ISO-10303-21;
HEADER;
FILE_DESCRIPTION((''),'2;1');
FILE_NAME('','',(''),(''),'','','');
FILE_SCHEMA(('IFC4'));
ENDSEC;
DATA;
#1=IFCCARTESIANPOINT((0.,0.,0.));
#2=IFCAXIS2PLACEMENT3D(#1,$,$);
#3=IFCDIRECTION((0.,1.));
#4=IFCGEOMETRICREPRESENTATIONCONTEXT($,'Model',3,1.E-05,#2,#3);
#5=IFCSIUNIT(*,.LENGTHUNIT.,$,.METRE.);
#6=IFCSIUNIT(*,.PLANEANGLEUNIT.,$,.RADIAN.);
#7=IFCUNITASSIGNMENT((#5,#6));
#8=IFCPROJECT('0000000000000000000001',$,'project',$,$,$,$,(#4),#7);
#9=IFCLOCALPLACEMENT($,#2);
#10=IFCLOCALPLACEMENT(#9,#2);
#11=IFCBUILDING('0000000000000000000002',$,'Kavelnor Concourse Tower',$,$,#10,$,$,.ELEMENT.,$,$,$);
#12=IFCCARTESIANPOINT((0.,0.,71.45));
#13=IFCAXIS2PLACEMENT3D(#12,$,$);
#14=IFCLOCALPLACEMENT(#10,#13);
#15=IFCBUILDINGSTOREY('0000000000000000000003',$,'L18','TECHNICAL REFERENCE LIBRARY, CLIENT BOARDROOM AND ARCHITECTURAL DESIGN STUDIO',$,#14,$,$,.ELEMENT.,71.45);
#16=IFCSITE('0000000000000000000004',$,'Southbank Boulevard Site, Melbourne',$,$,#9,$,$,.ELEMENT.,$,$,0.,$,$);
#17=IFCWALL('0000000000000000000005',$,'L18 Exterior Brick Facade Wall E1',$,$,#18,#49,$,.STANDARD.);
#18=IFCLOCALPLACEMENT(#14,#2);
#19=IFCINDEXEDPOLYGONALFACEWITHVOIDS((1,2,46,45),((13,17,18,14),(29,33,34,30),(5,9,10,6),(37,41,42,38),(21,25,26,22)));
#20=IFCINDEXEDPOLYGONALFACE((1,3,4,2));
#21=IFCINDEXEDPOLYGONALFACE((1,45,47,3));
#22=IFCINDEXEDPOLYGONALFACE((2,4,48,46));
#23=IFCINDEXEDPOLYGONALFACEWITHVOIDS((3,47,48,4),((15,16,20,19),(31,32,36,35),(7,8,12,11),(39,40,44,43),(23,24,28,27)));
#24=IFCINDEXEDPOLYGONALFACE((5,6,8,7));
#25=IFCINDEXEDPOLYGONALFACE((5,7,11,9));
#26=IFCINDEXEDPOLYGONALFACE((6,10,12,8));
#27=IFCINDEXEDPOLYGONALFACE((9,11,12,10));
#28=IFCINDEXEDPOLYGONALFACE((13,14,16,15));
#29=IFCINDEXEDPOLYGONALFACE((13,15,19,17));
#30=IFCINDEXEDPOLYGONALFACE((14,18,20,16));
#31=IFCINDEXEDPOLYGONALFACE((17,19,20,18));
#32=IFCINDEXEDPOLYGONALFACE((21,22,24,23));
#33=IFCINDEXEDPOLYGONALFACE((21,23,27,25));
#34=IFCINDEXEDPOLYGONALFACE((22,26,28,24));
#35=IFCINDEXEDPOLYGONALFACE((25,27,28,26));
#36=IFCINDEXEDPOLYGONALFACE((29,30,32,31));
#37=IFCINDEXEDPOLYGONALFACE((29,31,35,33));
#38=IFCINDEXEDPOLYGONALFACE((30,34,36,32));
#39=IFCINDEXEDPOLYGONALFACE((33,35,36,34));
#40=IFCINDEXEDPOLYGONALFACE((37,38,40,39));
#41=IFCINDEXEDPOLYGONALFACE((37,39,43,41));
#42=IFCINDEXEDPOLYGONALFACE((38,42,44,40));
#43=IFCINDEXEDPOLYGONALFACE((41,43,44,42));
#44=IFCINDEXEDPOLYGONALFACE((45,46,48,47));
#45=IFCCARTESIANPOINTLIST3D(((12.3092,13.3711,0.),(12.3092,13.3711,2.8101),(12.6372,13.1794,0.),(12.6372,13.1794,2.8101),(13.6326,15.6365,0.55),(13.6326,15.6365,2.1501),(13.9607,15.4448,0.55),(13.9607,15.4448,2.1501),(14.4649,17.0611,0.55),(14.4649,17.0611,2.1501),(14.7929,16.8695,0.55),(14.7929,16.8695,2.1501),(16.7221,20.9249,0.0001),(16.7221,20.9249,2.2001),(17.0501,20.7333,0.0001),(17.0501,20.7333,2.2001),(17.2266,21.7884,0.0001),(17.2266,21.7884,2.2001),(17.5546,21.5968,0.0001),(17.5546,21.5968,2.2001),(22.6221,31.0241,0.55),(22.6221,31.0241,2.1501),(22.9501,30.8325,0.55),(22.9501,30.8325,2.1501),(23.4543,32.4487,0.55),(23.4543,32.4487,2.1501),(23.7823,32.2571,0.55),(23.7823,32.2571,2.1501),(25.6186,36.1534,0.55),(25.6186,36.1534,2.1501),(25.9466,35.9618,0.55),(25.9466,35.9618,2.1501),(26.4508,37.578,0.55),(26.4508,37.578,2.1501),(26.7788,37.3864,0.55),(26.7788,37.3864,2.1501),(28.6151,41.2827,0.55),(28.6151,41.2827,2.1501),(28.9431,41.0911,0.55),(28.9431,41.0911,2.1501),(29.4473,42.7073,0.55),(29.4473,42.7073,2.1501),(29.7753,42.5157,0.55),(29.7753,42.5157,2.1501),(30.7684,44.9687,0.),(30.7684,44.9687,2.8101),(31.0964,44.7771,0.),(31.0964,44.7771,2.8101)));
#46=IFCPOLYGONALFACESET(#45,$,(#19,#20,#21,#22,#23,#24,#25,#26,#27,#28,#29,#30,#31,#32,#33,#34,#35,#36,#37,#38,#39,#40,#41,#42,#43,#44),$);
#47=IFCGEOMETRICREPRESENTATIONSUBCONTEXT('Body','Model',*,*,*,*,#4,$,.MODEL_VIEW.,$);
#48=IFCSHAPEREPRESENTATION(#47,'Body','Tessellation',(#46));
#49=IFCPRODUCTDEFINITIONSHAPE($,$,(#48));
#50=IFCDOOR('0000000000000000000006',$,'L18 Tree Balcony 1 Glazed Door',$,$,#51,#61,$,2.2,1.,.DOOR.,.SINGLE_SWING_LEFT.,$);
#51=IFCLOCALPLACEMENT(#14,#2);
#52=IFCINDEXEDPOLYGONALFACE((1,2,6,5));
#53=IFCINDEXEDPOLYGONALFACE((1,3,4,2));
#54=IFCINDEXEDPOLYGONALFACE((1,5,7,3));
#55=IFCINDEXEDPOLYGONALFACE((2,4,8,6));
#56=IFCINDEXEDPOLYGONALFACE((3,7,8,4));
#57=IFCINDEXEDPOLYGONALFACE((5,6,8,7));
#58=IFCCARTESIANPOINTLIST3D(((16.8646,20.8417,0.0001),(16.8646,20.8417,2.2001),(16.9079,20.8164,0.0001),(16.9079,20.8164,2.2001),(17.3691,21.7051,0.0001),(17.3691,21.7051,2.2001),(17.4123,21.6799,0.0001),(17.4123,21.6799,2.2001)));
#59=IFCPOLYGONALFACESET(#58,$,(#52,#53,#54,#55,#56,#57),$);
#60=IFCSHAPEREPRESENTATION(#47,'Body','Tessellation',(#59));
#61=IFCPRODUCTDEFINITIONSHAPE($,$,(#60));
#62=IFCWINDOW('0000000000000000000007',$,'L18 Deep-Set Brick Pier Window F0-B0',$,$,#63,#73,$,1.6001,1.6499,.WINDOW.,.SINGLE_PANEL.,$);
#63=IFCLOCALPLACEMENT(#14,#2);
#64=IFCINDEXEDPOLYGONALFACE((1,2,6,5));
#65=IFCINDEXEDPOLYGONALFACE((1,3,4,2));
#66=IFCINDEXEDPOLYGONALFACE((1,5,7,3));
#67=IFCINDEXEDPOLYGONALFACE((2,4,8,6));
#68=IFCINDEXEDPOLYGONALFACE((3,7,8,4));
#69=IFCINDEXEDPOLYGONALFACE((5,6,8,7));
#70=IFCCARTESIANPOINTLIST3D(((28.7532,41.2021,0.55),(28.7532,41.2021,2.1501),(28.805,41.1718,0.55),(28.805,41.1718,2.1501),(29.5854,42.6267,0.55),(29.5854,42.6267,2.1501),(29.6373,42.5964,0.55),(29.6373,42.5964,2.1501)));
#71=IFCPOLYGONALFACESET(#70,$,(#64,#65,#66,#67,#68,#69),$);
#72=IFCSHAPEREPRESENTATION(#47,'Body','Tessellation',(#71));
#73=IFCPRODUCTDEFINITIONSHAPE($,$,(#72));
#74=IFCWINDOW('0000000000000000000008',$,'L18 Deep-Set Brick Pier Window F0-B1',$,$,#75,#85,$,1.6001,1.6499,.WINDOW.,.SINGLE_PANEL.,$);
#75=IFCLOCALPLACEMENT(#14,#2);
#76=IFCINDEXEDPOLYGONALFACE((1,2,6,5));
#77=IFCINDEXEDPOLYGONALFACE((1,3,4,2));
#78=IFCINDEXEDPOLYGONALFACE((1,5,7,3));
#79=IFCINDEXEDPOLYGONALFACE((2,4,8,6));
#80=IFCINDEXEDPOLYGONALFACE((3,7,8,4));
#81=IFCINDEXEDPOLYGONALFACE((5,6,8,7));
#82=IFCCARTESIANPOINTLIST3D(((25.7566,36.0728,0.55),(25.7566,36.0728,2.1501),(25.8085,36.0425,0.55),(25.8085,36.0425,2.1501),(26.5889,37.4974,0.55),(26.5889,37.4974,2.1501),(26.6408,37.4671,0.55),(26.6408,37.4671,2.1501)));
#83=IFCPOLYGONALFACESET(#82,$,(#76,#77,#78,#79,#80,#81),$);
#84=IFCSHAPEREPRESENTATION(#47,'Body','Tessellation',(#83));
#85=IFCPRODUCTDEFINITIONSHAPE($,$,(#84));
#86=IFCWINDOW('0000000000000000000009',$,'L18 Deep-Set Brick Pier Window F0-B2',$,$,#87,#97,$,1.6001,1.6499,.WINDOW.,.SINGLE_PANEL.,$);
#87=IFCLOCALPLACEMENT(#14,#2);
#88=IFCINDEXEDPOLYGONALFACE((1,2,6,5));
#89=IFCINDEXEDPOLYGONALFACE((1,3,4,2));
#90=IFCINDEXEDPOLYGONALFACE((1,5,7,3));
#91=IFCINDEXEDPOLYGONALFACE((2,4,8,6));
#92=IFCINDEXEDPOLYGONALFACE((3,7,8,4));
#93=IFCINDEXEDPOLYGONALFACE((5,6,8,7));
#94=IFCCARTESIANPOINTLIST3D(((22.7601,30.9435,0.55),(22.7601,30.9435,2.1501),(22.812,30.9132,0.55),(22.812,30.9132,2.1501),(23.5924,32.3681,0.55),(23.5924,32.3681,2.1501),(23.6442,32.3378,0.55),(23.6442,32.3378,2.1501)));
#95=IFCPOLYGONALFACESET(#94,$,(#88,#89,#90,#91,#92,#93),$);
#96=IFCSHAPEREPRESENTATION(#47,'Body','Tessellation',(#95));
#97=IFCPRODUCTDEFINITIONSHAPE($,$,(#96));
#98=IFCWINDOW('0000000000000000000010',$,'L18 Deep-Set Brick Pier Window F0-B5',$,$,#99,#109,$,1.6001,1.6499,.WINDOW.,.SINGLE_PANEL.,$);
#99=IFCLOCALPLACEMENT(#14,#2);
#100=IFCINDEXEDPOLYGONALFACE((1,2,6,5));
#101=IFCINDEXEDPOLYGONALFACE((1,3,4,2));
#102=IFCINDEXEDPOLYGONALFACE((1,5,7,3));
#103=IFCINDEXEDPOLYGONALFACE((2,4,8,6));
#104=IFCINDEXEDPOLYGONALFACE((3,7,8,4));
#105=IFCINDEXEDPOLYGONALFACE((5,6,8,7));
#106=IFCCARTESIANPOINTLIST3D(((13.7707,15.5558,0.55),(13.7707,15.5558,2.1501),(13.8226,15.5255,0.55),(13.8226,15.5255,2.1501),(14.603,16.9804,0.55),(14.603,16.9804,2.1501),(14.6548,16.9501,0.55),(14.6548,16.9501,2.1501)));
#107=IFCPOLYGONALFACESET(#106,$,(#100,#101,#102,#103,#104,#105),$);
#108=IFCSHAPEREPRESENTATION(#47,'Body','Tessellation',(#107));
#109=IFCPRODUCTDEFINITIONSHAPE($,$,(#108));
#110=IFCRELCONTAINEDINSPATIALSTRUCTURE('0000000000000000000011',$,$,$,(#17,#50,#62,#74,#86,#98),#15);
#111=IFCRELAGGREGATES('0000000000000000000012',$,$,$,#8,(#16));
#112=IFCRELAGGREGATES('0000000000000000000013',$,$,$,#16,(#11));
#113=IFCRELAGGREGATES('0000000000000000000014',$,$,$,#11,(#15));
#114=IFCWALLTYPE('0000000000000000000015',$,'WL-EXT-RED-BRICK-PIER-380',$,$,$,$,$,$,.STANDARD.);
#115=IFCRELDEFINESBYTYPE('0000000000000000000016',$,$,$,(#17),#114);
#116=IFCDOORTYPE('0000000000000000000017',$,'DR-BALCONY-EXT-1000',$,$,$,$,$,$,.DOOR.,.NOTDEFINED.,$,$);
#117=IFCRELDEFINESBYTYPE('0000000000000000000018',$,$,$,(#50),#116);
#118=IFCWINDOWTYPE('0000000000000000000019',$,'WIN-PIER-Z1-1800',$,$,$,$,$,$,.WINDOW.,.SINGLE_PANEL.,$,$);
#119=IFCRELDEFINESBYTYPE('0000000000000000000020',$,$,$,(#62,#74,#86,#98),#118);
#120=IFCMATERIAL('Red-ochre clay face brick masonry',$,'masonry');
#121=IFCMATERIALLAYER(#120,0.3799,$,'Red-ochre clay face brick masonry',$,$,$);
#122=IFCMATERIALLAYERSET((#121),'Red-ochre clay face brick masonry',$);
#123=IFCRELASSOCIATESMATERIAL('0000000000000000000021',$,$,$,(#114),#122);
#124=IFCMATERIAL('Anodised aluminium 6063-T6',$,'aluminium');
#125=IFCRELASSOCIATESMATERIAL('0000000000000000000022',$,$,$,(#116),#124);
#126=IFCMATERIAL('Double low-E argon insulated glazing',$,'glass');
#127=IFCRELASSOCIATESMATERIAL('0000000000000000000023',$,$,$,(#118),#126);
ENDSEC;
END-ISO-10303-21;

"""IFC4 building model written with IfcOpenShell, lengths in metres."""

from ifc_helpers import new_model, si_unit, direction, frame, frame_2d, origin, place, context, subcontext, project, spatial, rectangle, extrude, material, layer, layer_set, type_object, element, fill, save


model = new_model("IFC4")

# Units and contexts
model_context = context("Model", 3, precision=1e-05, world=origin(), true_north=direction((0.0, 1.0)))
body_context = subcontext(model_context, "Body", "Model", "MODEL_VIEW")
ifc_project = project(units=[si_unit("LENGTHUNIT", "METRE"), si_unit("PLANEANGLEUNIT", "RADIAN")], contexts=[model_context])

# Site, building, storey
site_placement = place(None, origin())
site = spatial("IfcSite", under=ifc_project, at=site_placement, Name="Southbank Boulevard Site, Melbourne", CompositionType="ELEMENT", RefElevation=0.0)
building_placement = place(site_placement, origin())
building = spatial("IfcBuilding", under=site, at=building_placement, Name="Kavelnor Concourse Tower", CompositionType="ELEMENT")
storey_placement = place(building_placement, frame((0.0, 0.0, 71.45)))
storey = spatial("IfcBuildingStorey", under=building, at=storey_placement, Name="L18", Description="TECHNICAL REFERENCE LIBRARY, CLIENT BOARDROOM AND ARCHITECTURAL DESIGN STUDIO", CompositionType="ELEMENT", Elevation=71.45)

# Wall, openings, door, windows
ifc_material_1 = material(Name="Red-ochre clay face brick masonry", Category="masonry")
ifc_layer_1 = layer(ifc_material_1, 0.3799, Name="Red-ochre clay face brick masonry")
ifc_layer_set_1 = layer_set([ifc_layer_1], Name="Red-ochre clay face brick masonry")
wall_type = type_object("IfcWallType", Name="WL-EXT-RED-BRICK-PIER-380", PredefinedType="STANDARD", material=ifc_layer_set_1)
wall_placement = place(storey_placement, frame((12.4731, 13.2751, 0.0), z_axis=(0.0, 0.0, 1.0), x_axis=(0.504427, 0.863454, 0.0)))
wall = element("IfcWall", 1, at=wall_placement, inside=storey, type_object=wall_type, Name="L18 Exterior Brick Facade Wall E1", PredefinedType="STANDARD", context=body_context, shape_type="SweptSolid", body=[
    extrude(rectangle(XDim=36.5945, YDim=0.3799, at=frame_2d((18.2974, 0.0))), origin(), (0.0, 0.0, 1.0), 2.8101),
])
opening_1_placement = place(wall_placement, frame((8.7485, 0.0, 0.0)))
opening_1 = element("IfcOpeningElement", 2, at=opening_1_placement, cuts=wall, PredefinedType="OPENING", context=body_context, shape_type="SweptSolid", body=[
    extrude(rectangle(XDim=1.0, YDim=2.2, at=frame_2d((0.5, 1.1001))), frame((0.0, 0.2, 0.0), z_axis=(0.0, -1.0, 0.0), x_axis=(1.0, 0.0, 0.0)), (0.0, 0.0, 1.0), 0.3999),
])
opening_2_placement = place(wall_placement, frame((32.3257, 0.0, 0.55)))
opening_2 = element("IfcOpeningElement", 3, at=opening_2_placement, cuts=wall, PredefinedType="OPENING", context=body_context, shape_type="SweptSolid", body=[
    extrude(rectangle(XDim=1.6499, YDim=1.6001, at=frame_2d((0.825, 0.8))), frame((0.0, 0.2, 0.0), z_axis=(0.0, -1.0, 0.0), x_axis=(1.0, 0.0, 0.0)), (0.0, 0.0, 1.0), 0.3999),
])
opening_3_placement = place(wall_placement, frame((26.3853, 0.0, 0.55)))
opening_3 = element("IfcOpeningElement", 4, at=opening_3_placement, cuts=wall, PredefinedType="OPENING", context=body_context, shape_type="SweptSolid", body=[
    extrude(rectangle(XDim=1.6499, YDim=1.6001, at=frame_2d((0.825, 0.8))), frame((0.0, 0.2, 0.0), z_axis=(0.0, -1.0, 0.0), x_axis=(1.0, 0.0, 0.0)), (0.0, 0.0, 1.0), 0.3999),
])
opening_4_placement = place(wall_placement, frame((20.4448, 0.0, 0.55)))
opening_4 = element("IfcOpeningElement", 5, at=opening_4_placement, cuts=wall, PredefinedType="OPENING", context=body_context, shape_type="SweptSolid", body=[
    extrude(rectangle(XDim=1.6499, YDim=1.6001, at=frame_2d((0.825, 0.8))), frame((0.0, 0.2, 0.0), z_axis=(0.0, -1.0, 0.0), x_axis=(1.0, 0.0, 0.0)), (0.0, 0.0, 1.0), 0.3999),
])
opening_5_placement = place(wall_placement, frame((2.6238, 0.0, 0.55)))
opening_5 = element("IfcOpeningElement", 6, at=opening_5_placement, cuts=wall, PredefinedType="OPENING", context=body_context, shape_type="SweptSolid", body=[
    extrude(rectangle(XDim=1.6499, YDim=1.6001, at=frame_2d((0.825, 0.8))), frame((0.0, 0.2, 0.0), z_axis=(0.0, -1.0, 0.0), x_axis=(1.0, 0.0, 0.0)), (0.0, 0.0, 1.0), 0.3999),
])
ifc_material_2 = material(Name="Anodised aluminium 6063-T6", Category="aluminium")
door_type = type_object("IfcDoorType", Name="DR-BALCONY-EXT-1000", OperationType="NOTDEFINED", PredefinedType="DOOR", material=ifc_material_2)
door_placement = place(opening_1_placement, origin())
door = element("IfcDoor", 7, at=door_placement, inside=storey, type_object=door_type, Name="L18 Tree Balcony 1 Glazed Door", OperationType="SINGLE_SWING_LEFT", OverallHeight=2.2, OverallWidth=1.0, PredefinedType="DOOR", context=body_context, shape_type="SweptSolid", body=[
    extrude(rectangle(XDim=1.0, YDim=2.2, at=frame_2d((0.5, 1.1001))), frame((0.0, 0.0249, 0.0), z_axis=(0.0, -1.0, 0.0), x_axis=(1.0, 0.0, 0.0)), (0.0, 0.0, 1.0), 0.05),
])
fill(opening_1, door)
ifc_material_3 = material(Name="Double low-E argon insulated glazing", Category="glass")
window_type = type_object("IfcWindowType", Name="WIN-PIER-Z1-1800", PartitioningType="SINGLE_PANEL", PredefinedType="WINDOW", material=ifc_material_3)
window_1_placement = place(opening_2_placement, origin())
window_1 = element("IfcWindow", 8, at=window_1_placement, inside=storey, type_object=window_type, Name="L18 Deep-Set Brick Pier Window F0-B0", OverallHeight=1.6001, OverallWidth=1.6499, PartitioningType="SINGLE_PANEL", PredefinedType="WINDOW", context=body_context, shape_type="SweptSolid", body=[
    extrude(rectangle(XDim=1.6499, YDim=1.6001, at=frame_2d((0.825, 0.8))), frame((0.0, 0.03, 0.0), z_axis=(0.0, -1.0, 0.0), x_axis=(1.0, 0.0, 0.0)), (0.0, 0.0, 1.0), 0.0601),
])
fill(opening_2, window_1)
window_2_placement = place(opening_3_placement, origin())
window_2 = element("IfcWindow", 9, at=window_2_placement, inside=storey, type_object=window_type, Name="L18 Deep-Set Brick Pier Window F0-B1", OverallHeight=1.6001, OverallWidth=1.6499, PartitioningType="SINGLE_PANEL", PredefinedType="WINDOW", context=body_context, shape_type="SweptSolid", body=[
    extrude(rectangle(XDim=1.6499, YDim=1.6001, at=frame_2d((0.825, 0.8))), frame((0.0, 0.03, 0.0), z_axis=(0.0, -1.0, 0.0), x_axis=(1.0, 0.0, 0.0)), (0.0, 0.0, 1.0), 0.0601),
])
fill(opening_3, window_2)
window_3_placement = place(opening_4_placement, origin())
window_3 = element("IfcWindow", 10, at=window_3_placement, inside=storey, type_object=window_type, Name="L18 Deep-Set Brick Pier Window F0-B2", OverallHeight=1.6001, OverallWidth=1.6499, PartitioningType="SINGLE_PANEL", PredefinedType="WINDOW", context=body_context, shape_type="SweptSolid", body=[
    extrude(rectangle(XDim=1.6499, YDim=1.6001, at=frame_2d((0.825, 0.8))), frame((0.0, 0.03, 0.0), z_axis=(0.0, -1.0, 0.0), x_axis=(1.0, 0.0, 0.0)), (0.0, 0.0, 1.0), 0.0601),
])
fill(opening_4, window_3)
window_4_placement = place(opening_5_placement, origin())
window_4 = element("IfcWindow", 11, at=window_4_placement, inside=storey, type_object=window_type, Name="L18 Deep-Set Brick Pier Window F0-B5", OverallHeight=1.6001, OverallWidth=1.6499, PartitioningType="SINGLE_PANEL", PredefinedType="WINDOW", context=body_context, shape_type="SweptSolid", body=[
    extrude(rectangle(XDim=1.6499, YDim=1.6001, at=frame_2d((0.825, 0.8))), frame((0.0, 0.03, 0.0), z_axis=(0.0, -1.0, 0.0), x_axis=(1.0, 0.0, 0.0)), (0.0, 0.0, 1.0), 0.0601),
])
fill(opening_5, window_4)

save(model, "model.ifc")
